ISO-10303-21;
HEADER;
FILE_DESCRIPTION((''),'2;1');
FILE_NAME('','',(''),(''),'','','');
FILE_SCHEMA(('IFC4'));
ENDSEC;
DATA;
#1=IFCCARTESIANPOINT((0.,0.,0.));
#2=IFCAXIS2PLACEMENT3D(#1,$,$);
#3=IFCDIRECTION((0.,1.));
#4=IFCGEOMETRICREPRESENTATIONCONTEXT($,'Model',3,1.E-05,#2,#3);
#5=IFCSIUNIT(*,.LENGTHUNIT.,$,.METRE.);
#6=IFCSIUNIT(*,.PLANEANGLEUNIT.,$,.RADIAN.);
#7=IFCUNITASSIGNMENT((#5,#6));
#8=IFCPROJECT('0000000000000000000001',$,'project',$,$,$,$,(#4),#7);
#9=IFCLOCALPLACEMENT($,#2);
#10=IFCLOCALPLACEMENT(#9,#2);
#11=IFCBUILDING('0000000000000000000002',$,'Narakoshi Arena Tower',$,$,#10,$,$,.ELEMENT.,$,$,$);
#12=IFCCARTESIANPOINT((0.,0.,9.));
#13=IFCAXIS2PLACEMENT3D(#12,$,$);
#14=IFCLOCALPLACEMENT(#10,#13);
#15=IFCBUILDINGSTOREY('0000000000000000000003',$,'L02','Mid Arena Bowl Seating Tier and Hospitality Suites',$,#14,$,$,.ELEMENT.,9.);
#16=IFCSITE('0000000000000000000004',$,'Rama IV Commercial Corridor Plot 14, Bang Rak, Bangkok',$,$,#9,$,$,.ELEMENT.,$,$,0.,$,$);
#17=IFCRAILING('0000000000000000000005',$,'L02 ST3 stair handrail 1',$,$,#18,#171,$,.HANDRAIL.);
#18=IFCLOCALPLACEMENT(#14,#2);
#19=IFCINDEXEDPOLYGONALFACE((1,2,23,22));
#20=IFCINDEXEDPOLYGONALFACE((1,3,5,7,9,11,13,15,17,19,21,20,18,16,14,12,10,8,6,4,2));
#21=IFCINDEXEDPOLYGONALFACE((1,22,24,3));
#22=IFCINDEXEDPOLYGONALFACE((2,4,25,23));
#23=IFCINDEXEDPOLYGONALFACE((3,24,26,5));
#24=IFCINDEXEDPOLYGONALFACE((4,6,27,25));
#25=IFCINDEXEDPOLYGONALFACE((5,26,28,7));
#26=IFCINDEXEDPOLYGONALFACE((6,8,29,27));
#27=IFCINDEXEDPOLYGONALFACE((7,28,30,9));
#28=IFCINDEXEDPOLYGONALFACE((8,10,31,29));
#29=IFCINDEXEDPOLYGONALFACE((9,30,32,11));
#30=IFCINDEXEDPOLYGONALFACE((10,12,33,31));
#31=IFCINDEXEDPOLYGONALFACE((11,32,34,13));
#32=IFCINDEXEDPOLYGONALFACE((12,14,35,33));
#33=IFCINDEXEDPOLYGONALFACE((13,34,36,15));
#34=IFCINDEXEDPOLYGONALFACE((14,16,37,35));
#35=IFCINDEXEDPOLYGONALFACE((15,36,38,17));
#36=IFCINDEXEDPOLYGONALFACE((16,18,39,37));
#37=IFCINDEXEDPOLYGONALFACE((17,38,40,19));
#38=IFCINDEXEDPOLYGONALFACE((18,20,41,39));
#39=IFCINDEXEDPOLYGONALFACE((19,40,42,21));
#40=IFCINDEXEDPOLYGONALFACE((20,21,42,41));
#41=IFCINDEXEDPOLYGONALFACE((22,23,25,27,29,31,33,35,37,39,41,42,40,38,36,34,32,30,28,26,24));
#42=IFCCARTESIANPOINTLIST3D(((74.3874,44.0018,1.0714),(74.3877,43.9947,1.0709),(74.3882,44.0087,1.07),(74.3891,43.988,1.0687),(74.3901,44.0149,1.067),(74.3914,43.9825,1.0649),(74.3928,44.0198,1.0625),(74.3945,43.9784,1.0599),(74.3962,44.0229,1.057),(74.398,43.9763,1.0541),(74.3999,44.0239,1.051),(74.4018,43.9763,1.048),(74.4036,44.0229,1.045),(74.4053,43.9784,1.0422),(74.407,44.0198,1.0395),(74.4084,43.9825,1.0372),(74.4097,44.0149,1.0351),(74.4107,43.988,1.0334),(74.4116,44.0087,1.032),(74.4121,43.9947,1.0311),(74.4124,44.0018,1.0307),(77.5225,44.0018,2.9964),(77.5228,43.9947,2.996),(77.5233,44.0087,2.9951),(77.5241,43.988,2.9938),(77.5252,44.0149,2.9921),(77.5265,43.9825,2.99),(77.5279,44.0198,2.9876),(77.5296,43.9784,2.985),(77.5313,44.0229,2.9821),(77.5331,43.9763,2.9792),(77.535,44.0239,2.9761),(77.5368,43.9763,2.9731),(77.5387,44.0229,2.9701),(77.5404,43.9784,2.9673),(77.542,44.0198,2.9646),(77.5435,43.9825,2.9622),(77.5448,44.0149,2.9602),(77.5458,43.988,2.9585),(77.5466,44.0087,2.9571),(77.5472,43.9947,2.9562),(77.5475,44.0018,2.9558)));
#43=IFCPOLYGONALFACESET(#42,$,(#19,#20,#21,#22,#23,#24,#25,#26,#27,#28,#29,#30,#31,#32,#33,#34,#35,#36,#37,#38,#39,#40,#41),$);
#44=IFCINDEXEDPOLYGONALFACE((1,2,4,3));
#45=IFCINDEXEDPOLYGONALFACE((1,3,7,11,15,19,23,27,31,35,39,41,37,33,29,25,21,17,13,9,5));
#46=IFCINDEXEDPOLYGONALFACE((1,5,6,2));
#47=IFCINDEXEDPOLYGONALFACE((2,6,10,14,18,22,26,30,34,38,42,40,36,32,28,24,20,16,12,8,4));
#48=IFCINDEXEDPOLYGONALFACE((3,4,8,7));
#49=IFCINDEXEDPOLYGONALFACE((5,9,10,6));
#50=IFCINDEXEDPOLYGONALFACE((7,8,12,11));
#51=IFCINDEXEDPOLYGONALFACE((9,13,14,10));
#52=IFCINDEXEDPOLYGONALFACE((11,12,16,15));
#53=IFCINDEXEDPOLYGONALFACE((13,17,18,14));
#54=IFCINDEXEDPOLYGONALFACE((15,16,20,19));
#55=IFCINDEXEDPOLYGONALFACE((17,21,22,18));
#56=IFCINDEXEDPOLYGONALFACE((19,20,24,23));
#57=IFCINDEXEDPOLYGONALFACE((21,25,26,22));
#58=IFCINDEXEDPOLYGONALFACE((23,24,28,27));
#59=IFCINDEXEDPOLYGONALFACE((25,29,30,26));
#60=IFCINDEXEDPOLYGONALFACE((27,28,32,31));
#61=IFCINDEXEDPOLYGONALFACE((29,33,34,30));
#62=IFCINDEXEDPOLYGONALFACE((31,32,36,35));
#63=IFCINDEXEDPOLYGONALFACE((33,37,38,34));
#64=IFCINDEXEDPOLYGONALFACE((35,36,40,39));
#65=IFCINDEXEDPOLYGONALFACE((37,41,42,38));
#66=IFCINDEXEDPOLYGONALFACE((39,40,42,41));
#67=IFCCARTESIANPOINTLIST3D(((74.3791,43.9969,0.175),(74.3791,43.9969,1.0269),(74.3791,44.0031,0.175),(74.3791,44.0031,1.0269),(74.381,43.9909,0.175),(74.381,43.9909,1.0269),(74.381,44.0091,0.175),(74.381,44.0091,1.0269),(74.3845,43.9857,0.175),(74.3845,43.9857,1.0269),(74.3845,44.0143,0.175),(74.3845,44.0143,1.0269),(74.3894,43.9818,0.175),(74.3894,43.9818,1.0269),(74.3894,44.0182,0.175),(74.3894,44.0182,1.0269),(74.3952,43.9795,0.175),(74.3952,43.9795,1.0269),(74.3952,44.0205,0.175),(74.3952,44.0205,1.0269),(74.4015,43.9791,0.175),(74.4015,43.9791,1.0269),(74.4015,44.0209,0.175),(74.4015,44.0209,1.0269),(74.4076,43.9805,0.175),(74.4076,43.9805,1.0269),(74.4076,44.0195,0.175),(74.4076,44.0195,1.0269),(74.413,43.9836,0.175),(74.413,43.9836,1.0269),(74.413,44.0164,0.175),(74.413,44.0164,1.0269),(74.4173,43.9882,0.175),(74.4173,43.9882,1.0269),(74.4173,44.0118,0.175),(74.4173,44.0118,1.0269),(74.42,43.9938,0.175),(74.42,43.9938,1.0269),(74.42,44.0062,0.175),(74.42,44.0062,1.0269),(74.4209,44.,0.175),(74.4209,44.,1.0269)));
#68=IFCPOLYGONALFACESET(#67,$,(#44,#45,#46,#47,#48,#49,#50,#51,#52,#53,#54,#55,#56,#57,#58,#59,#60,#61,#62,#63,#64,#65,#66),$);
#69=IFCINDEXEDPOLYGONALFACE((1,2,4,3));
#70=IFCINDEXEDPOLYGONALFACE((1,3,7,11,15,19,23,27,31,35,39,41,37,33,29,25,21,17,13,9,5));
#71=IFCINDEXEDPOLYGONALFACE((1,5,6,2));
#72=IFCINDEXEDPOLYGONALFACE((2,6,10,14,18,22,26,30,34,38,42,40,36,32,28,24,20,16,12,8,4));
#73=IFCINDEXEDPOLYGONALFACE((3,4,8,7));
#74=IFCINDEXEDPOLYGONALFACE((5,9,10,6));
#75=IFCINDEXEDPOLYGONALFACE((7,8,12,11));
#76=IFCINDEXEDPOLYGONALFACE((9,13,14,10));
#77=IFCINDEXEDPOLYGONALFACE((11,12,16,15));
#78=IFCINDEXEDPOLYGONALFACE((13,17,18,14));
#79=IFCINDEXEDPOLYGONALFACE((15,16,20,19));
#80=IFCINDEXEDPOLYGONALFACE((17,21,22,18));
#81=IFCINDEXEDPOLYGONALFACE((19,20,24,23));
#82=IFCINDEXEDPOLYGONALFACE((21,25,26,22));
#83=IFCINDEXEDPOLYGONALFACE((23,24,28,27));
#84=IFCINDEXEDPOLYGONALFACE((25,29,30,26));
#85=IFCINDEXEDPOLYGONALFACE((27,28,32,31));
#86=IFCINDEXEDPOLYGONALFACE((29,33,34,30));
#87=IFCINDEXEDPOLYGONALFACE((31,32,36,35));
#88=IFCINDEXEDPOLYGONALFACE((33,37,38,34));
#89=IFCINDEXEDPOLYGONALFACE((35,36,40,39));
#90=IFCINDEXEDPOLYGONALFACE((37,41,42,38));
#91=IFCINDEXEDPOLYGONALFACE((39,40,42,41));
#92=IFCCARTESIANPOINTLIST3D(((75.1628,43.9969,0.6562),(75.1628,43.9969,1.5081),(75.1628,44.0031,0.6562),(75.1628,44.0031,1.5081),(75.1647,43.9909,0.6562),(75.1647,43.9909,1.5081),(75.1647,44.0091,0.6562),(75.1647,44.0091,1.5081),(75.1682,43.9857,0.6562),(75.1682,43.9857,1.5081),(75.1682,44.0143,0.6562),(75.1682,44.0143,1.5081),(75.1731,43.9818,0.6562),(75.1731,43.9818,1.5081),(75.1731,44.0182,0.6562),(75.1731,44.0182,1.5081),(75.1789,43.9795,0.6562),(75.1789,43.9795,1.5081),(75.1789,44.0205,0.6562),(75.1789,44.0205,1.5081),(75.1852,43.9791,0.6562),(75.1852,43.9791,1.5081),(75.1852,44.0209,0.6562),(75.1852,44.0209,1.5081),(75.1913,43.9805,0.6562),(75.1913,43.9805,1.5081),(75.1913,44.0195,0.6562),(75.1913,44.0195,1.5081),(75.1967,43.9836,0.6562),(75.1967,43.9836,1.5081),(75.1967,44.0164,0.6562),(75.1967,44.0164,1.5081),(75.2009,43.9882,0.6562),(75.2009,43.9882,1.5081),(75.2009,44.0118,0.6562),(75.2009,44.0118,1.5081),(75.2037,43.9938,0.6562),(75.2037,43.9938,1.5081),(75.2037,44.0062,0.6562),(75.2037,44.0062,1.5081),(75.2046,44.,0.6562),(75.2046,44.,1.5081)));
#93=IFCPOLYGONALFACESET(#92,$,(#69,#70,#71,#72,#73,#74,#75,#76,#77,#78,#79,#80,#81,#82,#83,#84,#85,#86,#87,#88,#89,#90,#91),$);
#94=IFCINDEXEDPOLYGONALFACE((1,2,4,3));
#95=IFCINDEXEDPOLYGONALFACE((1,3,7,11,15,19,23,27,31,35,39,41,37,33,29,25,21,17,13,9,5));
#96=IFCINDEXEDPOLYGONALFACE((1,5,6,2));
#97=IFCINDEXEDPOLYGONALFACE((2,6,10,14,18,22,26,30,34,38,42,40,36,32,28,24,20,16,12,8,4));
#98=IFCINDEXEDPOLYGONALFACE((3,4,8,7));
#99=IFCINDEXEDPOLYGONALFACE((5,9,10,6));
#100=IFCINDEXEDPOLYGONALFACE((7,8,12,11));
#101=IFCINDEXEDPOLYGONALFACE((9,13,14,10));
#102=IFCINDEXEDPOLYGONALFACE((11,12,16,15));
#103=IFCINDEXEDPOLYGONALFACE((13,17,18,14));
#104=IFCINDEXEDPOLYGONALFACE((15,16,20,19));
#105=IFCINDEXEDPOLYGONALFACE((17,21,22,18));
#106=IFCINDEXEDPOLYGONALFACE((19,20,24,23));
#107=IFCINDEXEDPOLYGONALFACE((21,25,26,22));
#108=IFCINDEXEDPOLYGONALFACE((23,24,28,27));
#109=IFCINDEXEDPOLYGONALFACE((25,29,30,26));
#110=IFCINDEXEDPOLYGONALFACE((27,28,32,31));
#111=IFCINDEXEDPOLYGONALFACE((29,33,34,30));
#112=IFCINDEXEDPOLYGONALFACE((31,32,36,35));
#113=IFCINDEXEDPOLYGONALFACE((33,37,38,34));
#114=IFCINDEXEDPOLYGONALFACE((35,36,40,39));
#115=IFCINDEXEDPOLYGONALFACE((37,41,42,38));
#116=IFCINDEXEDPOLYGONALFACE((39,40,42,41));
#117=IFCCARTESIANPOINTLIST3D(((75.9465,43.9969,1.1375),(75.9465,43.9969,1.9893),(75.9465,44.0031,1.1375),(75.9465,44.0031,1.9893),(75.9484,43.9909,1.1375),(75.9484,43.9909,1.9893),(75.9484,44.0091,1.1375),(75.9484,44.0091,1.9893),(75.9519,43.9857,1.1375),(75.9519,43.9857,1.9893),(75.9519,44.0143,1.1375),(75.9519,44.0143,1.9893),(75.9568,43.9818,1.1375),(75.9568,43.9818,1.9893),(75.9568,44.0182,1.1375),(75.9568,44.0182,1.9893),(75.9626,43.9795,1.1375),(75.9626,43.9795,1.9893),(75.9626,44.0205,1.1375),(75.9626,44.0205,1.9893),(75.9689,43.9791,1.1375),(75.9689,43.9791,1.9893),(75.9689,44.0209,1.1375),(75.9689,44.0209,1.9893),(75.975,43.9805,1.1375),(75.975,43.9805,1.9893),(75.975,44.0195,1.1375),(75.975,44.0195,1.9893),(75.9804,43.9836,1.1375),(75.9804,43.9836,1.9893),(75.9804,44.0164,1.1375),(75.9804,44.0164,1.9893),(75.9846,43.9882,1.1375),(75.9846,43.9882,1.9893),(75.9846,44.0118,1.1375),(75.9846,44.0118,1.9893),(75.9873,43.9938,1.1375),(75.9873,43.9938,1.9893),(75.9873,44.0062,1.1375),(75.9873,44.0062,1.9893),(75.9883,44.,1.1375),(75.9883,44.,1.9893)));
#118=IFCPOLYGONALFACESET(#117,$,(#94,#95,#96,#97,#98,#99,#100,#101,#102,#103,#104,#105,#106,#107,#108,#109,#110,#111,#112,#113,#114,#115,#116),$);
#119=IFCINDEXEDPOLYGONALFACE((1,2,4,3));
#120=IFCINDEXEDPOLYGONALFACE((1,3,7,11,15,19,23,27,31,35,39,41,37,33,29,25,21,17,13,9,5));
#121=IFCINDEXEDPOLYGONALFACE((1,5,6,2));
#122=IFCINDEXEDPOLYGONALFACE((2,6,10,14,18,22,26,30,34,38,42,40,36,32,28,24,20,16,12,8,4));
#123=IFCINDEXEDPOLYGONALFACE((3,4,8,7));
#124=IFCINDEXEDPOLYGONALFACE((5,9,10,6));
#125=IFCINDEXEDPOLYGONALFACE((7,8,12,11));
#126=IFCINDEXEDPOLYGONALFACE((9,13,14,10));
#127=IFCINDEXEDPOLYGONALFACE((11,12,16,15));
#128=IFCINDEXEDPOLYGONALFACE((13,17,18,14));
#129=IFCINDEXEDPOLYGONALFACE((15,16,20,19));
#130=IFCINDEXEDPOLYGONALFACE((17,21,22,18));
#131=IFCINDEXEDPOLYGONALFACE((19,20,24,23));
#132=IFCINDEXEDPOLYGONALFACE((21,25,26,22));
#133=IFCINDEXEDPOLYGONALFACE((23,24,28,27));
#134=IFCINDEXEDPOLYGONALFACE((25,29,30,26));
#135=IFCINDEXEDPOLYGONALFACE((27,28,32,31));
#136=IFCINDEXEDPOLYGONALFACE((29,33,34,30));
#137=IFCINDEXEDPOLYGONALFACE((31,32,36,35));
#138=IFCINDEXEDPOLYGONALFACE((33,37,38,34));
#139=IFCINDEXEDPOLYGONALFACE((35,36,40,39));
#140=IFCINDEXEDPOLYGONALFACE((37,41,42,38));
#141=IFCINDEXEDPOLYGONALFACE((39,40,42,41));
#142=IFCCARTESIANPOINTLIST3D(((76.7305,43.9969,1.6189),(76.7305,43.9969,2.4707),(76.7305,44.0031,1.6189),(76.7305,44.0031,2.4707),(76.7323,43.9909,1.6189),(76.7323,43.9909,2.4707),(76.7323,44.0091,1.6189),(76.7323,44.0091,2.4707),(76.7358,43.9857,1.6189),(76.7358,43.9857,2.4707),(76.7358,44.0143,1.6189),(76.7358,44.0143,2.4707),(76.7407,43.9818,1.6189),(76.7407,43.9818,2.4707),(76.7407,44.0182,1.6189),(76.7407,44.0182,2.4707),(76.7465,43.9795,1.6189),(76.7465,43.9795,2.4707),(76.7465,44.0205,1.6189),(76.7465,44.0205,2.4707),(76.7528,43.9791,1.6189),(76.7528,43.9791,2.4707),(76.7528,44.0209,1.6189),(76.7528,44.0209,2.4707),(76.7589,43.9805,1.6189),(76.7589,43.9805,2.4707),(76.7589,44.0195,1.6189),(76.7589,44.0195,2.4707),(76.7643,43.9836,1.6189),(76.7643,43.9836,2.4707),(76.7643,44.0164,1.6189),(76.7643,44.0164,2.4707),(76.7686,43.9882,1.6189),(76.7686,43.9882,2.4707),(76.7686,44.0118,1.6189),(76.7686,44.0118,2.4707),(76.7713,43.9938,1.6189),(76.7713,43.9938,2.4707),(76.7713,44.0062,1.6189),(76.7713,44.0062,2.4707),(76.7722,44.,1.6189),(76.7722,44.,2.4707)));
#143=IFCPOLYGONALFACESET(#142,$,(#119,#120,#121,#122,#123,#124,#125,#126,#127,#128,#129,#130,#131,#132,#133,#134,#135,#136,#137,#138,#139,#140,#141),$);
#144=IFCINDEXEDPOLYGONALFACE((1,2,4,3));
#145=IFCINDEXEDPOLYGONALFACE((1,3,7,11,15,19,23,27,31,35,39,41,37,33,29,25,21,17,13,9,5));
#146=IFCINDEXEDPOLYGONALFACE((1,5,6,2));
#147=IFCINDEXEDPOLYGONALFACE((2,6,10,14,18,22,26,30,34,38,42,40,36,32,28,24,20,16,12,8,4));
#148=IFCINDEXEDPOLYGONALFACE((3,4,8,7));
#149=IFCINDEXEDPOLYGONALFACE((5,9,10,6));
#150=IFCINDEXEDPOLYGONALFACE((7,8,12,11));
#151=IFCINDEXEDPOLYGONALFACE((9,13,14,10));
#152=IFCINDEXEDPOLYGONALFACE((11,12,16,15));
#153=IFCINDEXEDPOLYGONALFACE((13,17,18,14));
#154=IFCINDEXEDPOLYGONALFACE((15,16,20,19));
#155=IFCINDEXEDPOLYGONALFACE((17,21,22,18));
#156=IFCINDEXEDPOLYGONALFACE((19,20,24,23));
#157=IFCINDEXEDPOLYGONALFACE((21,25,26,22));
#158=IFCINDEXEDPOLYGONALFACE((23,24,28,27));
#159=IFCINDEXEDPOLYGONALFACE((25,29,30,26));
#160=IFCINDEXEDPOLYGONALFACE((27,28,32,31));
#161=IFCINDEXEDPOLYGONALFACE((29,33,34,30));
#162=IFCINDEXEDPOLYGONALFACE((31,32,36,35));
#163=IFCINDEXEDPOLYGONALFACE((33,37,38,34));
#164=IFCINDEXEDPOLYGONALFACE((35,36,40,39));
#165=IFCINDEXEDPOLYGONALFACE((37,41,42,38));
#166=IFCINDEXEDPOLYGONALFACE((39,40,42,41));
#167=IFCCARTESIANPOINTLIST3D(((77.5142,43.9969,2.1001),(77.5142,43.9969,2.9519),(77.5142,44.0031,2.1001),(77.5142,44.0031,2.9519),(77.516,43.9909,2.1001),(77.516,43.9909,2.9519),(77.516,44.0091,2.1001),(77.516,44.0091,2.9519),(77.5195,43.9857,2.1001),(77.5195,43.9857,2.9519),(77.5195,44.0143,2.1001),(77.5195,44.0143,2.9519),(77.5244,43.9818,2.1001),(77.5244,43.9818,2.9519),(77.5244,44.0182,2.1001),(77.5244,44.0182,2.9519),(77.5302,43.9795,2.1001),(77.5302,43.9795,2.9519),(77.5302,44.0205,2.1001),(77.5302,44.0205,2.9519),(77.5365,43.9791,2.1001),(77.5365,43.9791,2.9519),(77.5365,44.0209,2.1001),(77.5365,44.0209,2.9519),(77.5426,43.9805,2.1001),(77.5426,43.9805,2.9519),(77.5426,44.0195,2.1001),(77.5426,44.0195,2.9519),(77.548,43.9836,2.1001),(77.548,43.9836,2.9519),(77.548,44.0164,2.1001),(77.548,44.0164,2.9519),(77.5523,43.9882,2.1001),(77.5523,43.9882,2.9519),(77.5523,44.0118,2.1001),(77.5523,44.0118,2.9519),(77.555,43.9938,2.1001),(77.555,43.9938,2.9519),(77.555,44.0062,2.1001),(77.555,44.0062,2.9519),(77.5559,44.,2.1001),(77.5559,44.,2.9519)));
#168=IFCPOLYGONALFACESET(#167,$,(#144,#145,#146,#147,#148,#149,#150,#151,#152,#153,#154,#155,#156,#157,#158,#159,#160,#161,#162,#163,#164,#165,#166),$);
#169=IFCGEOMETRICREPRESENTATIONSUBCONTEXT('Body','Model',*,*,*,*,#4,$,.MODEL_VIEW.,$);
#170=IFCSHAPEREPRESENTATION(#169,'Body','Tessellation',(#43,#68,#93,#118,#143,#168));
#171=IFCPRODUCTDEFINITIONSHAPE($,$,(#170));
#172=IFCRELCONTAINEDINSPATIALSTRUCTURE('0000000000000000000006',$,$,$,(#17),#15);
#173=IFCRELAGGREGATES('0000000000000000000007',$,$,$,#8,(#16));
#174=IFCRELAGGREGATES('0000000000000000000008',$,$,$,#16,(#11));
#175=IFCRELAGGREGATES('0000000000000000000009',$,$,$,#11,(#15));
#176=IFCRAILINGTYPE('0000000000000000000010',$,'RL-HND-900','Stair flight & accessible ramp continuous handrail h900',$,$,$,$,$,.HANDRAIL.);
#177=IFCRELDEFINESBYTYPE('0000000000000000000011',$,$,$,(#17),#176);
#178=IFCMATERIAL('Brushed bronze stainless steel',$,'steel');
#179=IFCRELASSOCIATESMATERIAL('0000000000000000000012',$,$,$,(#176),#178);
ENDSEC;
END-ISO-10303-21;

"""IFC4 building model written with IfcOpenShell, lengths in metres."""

from ifc_helpers import new_model, si_unit, direction, frame, origin, origin_2d, place, context, subcontext, project, spatial, circle, extrude, material, type_object, element, save


model = new_model("IFC4")

# Units and contexts
model_context = context("Model", 3, precision=1e-05, world=origin(), true_north=direction((0.0, 1.0)))
body_context = subcontext(model_context, "Body", "Model", "MODEL_VIEW")
ifc_project = project(units=[si_unit("LENGTHUNIT", "METRE"), si_unit("PLANEANGLEUNIT", "RADIAN")], contexts=[model_context])

# Site, building, storey
site_placement = place(None, origin())
site = spatial("IfcSite", under=ifc_project, at=site_placement, Name="Rama IV Commercial Corridor Plot 14, Bang Rak, Bangkok", CompositionType="ELEMENT", RefElevation=0.0)
building_placement = place(site_placement, origin())
building = spatial("IfcBuilding", under=site, at=building_placement, Name="Narakoshi Arena Tower", CompositionType="ELEMENT")
storey_placement = place(building_placement, frame((0.0, 0.0, 9.0)))
storey = spatial("IfcBuildingStorey", under=building, at=storey_placement, Name="L02", Description="Mid Arena Bowl Seating Tier and Hospitality Suites", CompositionType="ELEMENT", Elevation=9.0)

# Shared definitions
ifc_material_1 = material(Name="Brushed bronze stainless steel", Category="steel")

# Railing
railing_type_1 = type_object("IfcRailingType", Name="RL-HND-900", Description="Stair flight & accessible ramp continuous handrail h900", PredefinedType="HANDRAIL", material=ifc_material_1)
railing_1_placement = place(storey_placement, frame((74.3999, 44.0, 0.175)))
element("IfcRailing", 1, at=railing_1_placement, inside=storey, type_object=railing_type_1, Name="L02 ST3 stair handrail 1", PredefinedType="HANDRAIL", context=body_context, shape_type="SweptSolid", body=[
    extrude(circle(Radius=0.0239, at=origin_2d()), frame((0.0, 0.0, 0.876), z_axis=(0.852166, 0.0, 0.523271), x_axis=(0.0, 1.0, 0.0)), (0.0, 0.0, 1.0), 3.679),
    extrude(circle(Radius=0.021, at=origin_2d()), origin(), (0.0, 0.0, 1.0), 0.8518),
    extrude(circle(Radius=0.021, at=origin_2d()), frame((0.7837, 0.0, 0.4812)), (0.0, 0.0, 1.0), 0.8518),
    extrude(circle(Radius=0.021, at=origin_2d()), frame((1.5674, 0.0, 0.9624)), (0.0, 0.0, 1.0), 0.8518),
    extrude(circle(Radius=0.021, at=origin_2d()), frame((2.3513, 0.0, 1.4438)), (0.0, 0.0, 1.0), 0.8518),
    extrude(circle(Radius=0.021, at=origin_2d()), frame((3.135, 0.0, 1.925)), (0.0, 0.0, 1.0), 0.8518),
])

save(model, "model.ifc")
